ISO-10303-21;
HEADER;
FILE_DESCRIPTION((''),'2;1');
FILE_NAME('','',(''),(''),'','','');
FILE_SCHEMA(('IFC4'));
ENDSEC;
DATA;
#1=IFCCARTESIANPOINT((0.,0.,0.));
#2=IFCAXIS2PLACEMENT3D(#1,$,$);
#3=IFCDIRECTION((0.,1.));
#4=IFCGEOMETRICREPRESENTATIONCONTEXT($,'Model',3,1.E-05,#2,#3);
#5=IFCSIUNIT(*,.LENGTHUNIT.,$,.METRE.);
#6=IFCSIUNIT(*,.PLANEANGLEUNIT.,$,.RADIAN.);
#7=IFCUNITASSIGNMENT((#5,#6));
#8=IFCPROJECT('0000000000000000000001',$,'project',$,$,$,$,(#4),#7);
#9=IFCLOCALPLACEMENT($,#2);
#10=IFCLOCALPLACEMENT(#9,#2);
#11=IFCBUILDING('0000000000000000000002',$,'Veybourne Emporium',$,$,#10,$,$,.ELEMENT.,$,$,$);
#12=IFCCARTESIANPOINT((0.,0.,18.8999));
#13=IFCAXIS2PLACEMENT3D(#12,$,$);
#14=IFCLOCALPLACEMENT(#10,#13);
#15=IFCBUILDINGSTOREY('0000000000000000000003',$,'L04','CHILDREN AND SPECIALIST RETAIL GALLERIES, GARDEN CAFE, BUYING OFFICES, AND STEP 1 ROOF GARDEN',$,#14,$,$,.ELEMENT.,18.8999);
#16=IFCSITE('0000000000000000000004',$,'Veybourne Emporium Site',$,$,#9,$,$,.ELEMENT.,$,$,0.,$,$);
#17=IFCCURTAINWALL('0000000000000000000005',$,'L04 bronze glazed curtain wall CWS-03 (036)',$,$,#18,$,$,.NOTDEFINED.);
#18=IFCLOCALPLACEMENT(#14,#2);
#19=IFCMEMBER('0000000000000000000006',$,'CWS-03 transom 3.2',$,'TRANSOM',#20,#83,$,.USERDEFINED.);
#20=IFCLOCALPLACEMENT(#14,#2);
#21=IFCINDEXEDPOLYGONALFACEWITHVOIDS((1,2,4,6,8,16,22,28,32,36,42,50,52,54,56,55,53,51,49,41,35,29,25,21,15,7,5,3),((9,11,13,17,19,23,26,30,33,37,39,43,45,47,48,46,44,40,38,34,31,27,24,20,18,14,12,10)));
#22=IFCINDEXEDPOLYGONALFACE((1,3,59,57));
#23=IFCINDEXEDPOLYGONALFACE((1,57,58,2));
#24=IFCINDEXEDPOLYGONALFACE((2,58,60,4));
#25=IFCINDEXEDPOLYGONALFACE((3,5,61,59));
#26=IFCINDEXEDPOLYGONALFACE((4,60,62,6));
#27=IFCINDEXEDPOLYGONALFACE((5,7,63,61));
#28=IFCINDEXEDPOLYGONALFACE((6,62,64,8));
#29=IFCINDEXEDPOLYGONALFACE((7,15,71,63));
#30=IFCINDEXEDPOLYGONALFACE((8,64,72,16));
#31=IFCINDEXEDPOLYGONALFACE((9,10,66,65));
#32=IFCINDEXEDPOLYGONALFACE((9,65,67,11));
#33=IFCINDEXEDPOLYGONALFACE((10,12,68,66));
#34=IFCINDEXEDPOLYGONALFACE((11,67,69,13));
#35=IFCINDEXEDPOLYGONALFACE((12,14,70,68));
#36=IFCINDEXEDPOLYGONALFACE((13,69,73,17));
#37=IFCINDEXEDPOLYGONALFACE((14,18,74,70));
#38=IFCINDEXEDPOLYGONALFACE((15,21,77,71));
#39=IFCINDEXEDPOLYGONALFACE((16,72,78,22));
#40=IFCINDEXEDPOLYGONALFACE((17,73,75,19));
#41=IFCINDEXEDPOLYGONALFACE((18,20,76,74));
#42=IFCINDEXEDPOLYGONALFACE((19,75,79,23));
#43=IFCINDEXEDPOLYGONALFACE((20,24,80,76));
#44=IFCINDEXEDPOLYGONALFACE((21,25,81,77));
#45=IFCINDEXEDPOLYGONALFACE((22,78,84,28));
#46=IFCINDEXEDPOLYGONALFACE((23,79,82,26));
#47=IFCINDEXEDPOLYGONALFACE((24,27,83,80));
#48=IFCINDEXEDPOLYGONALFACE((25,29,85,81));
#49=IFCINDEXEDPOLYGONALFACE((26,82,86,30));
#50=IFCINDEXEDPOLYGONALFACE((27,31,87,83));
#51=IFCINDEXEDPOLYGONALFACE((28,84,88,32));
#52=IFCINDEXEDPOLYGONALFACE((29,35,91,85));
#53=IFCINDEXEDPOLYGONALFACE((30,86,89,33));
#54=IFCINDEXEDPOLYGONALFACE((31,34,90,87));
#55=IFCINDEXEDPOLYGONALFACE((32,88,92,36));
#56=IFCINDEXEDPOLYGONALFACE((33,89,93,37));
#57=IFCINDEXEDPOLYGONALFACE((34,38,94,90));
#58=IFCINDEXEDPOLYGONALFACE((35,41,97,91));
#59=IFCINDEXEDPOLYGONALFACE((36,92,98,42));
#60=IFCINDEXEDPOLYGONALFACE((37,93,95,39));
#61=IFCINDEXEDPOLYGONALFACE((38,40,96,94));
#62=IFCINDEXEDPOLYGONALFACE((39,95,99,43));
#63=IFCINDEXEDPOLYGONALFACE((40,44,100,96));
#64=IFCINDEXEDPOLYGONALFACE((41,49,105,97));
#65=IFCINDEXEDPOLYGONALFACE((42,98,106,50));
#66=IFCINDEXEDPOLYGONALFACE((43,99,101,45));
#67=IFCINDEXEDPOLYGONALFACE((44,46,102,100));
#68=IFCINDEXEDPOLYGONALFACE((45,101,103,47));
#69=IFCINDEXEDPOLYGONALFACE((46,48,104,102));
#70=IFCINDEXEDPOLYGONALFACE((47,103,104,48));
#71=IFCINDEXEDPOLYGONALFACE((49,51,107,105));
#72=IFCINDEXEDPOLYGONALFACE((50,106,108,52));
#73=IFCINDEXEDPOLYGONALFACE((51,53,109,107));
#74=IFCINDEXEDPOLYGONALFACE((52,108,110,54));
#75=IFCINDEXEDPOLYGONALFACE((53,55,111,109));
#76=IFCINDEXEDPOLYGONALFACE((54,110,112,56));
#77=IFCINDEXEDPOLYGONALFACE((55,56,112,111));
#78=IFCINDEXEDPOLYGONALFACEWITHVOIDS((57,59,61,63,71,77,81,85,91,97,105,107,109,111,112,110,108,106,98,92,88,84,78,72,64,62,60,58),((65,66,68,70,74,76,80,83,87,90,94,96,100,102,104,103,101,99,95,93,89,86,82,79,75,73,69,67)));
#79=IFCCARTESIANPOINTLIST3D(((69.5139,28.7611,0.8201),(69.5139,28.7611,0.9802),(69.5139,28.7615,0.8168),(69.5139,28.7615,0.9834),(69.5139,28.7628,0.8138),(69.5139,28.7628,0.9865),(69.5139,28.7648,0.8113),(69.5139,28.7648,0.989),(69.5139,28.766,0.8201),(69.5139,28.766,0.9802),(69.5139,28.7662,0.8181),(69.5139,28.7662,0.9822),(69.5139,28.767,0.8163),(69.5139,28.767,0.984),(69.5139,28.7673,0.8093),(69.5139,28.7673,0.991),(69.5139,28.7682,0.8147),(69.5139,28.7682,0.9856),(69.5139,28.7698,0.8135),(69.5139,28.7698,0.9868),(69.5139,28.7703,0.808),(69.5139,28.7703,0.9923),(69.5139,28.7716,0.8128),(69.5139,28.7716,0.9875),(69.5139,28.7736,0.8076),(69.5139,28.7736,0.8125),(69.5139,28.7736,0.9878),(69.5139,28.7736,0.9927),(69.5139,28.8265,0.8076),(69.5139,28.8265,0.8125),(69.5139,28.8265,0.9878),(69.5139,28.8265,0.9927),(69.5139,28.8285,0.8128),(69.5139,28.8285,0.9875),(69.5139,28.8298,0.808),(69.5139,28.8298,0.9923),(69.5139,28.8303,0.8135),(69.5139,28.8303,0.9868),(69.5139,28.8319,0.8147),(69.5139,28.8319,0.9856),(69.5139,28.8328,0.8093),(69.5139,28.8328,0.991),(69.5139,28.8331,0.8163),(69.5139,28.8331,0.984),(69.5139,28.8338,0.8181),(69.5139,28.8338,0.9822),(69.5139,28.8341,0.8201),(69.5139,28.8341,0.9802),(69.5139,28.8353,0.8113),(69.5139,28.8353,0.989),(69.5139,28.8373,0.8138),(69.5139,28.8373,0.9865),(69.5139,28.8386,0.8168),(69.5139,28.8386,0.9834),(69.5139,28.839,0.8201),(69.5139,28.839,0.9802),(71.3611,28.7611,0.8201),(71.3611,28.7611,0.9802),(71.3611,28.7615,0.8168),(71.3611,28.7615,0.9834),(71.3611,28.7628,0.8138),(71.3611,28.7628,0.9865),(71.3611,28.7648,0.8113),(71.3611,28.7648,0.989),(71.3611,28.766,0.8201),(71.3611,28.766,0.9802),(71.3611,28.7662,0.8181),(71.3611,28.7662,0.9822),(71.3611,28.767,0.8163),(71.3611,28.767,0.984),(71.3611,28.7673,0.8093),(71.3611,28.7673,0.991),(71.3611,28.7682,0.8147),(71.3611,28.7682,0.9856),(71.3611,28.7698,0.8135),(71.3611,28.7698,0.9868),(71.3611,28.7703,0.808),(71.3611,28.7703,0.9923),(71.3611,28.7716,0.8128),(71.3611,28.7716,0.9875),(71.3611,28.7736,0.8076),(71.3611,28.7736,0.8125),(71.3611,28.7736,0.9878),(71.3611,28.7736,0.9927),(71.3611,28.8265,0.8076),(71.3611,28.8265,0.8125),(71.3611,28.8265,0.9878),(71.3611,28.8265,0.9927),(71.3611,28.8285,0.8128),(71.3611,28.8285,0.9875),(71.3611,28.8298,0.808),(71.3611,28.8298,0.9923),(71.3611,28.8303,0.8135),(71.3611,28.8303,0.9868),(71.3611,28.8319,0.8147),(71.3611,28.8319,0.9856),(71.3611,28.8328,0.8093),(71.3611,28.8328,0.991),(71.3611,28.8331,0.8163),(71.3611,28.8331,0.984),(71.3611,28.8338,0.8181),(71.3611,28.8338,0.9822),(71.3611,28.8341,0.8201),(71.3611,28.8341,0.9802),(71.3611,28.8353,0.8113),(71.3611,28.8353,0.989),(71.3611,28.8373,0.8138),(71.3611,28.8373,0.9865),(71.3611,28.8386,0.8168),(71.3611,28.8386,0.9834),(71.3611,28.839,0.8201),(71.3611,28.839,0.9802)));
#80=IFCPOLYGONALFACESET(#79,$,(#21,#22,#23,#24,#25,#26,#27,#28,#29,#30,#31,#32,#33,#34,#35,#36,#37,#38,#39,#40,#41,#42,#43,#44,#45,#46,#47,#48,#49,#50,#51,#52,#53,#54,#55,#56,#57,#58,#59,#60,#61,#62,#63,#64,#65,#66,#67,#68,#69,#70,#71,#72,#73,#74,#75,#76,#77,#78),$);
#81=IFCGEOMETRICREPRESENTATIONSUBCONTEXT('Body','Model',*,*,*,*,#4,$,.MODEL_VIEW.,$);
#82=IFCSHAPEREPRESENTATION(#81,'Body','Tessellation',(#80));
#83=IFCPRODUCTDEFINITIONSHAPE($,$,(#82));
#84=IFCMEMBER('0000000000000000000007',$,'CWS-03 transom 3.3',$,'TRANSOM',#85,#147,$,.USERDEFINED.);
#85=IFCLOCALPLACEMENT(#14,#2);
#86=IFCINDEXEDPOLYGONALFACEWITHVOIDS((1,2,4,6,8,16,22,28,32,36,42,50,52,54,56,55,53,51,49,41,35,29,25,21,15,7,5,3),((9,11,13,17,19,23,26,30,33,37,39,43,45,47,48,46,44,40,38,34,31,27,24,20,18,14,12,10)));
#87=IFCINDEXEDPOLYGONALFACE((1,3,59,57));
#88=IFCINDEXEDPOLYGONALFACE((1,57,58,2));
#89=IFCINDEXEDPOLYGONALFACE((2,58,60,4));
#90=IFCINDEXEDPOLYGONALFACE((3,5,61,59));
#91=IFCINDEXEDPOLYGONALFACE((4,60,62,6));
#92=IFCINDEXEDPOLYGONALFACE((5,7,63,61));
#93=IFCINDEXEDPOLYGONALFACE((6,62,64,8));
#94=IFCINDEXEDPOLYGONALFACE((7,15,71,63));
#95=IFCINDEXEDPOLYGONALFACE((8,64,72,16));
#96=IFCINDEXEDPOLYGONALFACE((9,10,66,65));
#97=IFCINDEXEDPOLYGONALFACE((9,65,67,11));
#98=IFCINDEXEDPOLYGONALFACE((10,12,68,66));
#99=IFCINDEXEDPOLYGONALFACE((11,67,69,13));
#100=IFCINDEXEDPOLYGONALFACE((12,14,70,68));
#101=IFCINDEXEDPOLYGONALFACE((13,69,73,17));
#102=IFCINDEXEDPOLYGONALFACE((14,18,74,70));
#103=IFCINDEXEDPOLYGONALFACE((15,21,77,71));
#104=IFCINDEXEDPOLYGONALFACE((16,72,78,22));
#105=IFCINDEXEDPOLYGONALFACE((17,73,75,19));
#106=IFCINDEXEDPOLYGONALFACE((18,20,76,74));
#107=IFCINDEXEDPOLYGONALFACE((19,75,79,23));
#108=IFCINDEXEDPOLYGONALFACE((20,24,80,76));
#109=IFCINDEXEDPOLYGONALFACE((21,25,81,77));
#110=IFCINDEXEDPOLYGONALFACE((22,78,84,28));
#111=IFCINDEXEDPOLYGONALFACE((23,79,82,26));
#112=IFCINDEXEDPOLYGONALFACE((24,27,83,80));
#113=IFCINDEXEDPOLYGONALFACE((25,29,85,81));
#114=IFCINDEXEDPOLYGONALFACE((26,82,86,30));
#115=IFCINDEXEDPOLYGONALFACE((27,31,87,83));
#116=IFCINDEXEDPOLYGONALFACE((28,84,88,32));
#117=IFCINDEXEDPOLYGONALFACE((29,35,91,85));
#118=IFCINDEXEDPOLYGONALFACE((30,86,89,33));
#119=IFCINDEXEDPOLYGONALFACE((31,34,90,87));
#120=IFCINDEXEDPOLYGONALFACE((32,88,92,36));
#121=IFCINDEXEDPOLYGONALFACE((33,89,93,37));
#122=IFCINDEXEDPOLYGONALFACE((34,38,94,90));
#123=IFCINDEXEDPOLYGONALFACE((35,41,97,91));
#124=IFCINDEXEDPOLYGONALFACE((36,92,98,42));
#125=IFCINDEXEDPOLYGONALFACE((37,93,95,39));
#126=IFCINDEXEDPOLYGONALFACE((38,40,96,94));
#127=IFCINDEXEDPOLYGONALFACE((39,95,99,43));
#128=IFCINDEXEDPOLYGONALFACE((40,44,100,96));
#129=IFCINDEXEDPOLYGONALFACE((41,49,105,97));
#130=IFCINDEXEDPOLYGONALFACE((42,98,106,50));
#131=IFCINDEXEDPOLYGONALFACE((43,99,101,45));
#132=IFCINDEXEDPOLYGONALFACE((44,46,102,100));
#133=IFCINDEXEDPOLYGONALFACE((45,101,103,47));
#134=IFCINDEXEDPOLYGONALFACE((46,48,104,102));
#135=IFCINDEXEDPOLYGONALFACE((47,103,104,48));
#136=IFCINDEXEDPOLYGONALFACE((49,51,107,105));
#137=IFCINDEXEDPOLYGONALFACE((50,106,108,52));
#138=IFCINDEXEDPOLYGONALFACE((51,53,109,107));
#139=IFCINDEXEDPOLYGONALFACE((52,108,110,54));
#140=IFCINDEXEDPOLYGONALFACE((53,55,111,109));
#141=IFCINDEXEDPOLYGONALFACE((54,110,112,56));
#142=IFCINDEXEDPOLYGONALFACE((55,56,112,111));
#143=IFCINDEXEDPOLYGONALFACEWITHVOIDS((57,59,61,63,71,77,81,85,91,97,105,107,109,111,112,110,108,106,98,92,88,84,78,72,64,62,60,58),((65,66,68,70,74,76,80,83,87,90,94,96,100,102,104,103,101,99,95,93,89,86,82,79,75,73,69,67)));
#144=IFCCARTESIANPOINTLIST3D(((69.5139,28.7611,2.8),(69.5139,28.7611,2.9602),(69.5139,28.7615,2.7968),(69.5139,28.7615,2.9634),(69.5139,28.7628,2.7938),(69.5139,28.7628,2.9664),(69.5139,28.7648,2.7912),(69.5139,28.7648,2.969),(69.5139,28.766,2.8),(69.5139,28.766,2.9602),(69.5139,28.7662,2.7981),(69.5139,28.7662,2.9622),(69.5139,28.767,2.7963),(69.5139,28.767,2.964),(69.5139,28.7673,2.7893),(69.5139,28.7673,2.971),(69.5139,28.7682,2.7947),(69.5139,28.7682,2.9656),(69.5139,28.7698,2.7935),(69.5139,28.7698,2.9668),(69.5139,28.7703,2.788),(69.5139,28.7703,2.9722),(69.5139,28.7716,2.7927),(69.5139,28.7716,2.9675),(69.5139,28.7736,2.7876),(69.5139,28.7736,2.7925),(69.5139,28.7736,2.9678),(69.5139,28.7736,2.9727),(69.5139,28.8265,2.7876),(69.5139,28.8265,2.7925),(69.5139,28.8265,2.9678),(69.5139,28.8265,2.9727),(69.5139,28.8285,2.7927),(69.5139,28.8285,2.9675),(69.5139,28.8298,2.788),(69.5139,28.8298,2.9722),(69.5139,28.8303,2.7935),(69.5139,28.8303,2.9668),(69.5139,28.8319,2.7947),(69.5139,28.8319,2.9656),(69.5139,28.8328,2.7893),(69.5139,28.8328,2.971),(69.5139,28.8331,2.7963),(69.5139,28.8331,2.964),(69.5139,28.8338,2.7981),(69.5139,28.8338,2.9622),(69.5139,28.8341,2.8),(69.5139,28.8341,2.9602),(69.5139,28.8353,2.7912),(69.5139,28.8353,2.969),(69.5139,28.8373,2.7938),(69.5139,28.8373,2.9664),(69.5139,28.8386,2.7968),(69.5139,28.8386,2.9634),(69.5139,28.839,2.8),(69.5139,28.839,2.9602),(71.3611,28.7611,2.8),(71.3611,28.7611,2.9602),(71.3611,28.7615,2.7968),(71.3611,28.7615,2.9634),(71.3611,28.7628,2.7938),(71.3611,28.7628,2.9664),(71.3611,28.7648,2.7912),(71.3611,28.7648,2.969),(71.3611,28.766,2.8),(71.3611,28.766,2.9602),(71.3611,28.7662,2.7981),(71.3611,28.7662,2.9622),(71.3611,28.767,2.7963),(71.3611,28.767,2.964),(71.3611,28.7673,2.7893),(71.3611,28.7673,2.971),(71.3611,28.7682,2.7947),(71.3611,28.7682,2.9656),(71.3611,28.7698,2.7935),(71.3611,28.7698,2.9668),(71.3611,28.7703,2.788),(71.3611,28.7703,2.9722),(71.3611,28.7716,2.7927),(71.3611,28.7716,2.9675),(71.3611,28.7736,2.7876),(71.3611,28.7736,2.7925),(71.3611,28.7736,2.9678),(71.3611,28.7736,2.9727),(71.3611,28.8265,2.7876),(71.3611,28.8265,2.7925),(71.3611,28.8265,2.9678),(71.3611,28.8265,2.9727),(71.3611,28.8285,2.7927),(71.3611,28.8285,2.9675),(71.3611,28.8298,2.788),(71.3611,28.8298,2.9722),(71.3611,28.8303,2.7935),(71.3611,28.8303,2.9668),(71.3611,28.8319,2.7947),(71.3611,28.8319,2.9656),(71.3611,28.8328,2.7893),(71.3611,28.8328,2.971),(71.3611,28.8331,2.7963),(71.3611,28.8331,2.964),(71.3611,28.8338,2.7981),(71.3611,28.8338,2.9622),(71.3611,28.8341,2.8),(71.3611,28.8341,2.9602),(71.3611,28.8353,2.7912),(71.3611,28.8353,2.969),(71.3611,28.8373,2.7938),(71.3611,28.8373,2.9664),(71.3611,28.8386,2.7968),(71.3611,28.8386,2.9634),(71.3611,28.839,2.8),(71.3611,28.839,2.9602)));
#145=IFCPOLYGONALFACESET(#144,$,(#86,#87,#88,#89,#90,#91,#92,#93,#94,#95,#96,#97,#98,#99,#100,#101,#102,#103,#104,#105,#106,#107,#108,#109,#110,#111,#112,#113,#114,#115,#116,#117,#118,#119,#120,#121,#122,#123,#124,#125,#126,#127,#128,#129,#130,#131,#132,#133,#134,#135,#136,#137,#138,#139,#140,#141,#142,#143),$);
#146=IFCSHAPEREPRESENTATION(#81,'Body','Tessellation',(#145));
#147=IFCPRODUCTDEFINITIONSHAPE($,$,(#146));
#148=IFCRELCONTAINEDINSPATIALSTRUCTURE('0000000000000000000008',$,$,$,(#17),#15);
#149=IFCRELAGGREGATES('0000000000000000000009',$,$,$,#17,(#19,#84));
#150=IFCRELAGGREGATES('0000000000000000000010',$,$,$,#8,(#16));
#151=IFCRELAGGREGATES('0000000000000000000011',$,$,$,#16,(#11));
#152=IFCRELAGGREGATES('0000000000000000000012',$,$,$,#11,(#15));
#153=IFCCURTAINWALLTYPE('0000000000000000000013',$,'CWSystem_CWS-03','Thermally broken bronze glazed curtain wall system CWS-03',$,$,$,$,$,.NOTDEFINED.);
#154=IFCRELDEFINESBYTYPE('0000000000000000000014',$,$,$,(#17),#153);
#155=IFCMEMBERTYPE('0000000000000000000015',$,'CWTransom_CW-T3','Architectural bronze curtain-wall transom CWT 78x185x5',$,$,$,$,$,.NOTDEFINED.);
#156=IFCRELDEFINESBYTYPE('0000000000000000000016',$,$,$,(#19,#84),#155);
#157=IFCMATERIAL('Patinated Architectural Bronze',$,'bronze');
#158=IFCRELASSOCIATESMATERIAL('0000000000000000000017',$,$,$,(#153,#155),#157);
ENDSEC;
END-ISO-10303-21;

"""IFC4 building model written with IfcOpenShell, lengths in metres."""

from ifc_helpers import new_model, si_unit, direction, frame, origin, origin_2d, place, context, subcontext, project, spatial, hollow_rectangle, extrude, material, material_profile, profile_set, type_object, element, aggregate, save


model = new_model("IFC4")

# Units and contexts
model_context = context("Model", 3, precision=1e-05, world=origin(), true_north=direction((0.0, 1.0)))
body_context = subcontext(model_context, "Body", "Model", "MODEL_VIEW")
ifc_project = project(units=[si_unit("LENGTHUNIT", "METRE"), si_unit("PLANEANGLEUNIT", "RADIAN")], contexts=[model_context])

# Site, building, storey
site_placement = place(None, origin())
site = spatial("IfcSite", under=ifc_project, at=site_placement, Name="Veybourne Emporium Site", CompositionType="ELEMENT", RefElevation=0.0)
building_placement = place(site_placement, origin())
building = spatial("IfcBuilding", under=site, at=building_placement, Name="Veybourne Emporium", CompositionType="ELEMENT")
storey_placement = place(building_placement, frame((0.0, 0.0, 18.8999)))
storey = spatial("IfcBuildingStorey", under=building, at=storey_placement, Name="L04", Description="CHILDREN AND SPECIALIST RETAIL GALLERIES, GARDEN CAFE, BUYING OFFICES, AND STEP 1 ROOF GARDEN", CompositionType="ELEMENT", Elevation=18.8999)

# Curtain wall, members
ifc_material_1 = material(Name="Patinated Architectural Bronze", Category="bronze")
curtain_wall_type = type_object("IfcCurtainWallType", Name="CWSystem_CWS-03", Description="Thermally broken bronze glazed curtain wall system CWS-03", PredefinedType="NOTDEFINED", material=ifc_material_1)
curtain_wall_placement = place(storey_placement, origin())
curtain_wall = element("IfcCurtainWall", 1, at=curtain_wall_placement, inside=storey, type_object=curtain_wall_type, Name="L04 bronze glazed curtain wall CWS-03 (036)", PredefinedType="NOTDEFINED")
ifc_material_profile_1 = material_profile(ifc_material_1, hollow_rectangle(XDim=0.0779, YDim=0.1851, WallThickness=0.0049, InnerFilletRadius=0.0076, OuterFilletRadius=0.0125, at=origin_2d()), Name="CWT 78x185x5")
ifc_profile_set_1 = profile_set([ifc_material_profile_1], Name="Patinated Architectural Bronze")
member_type_1 = type_object("IfcMemberType", Name="CWTransom_CW-T3", Description="Architectural bronze curtain-wall transom CWT 78x185x5", PredefinedType="NOTDEFINED", material=ifc_profile_set_1)
member_1_placement = place(storey_placement, frame((71.3611, 28.8, 0.9001), z_axis=(-1.0, 0.0, 0.0), x_axis=(0.0, -1.0, 0.0)))
member_1 = element("IfcMember", 2, at=member_1_placement, type_object=member_type_1, Name="CWS-03 transom 3.2", ObjectType="TRANSOM", PredefinedType="USERDEFINED", context=body_context, shape_type="SweptSolid", body=[
    extrude(hollow_rectangle(XDim=0.0779, YDim=0.1851, WallThickness=0.0049, InnerFilletRadius=0.0076, OuterFilletRadius=0.0125, at=origin_2d()), origin(), (0.0, 0.0, 1.0), 1.8472),
])
member_2_placement = place(storey_placement, frame((71.3611, 28.8, 2.8801), z_axis=(-1.0, 0.0, 0.0), x_axis=(0.0, -1.0, 0.0)))
member_2 = element("IfcMember", 3, at=member_2_placement, type_object=member_type_1, Name="CWS-03 transom 3.3", ObjectType="TRANSOM", PredefinedType="USERDEFINED", context=body_context, shape_type="SweptSolid", body=[
    extrude(hollow_rectangle(XDim=0.0779, YDim=0.1851, WallThickness=0.0049, InnerFilletRadius=0.0076, OuterFilletRadius=0.0125, at=origin_2d()), origin(), (0.0, 0.0, 1.0), 1.8472),
])
aggregate(curtain_wall, [member_1, member_2])

save(model, "model.ifc")
